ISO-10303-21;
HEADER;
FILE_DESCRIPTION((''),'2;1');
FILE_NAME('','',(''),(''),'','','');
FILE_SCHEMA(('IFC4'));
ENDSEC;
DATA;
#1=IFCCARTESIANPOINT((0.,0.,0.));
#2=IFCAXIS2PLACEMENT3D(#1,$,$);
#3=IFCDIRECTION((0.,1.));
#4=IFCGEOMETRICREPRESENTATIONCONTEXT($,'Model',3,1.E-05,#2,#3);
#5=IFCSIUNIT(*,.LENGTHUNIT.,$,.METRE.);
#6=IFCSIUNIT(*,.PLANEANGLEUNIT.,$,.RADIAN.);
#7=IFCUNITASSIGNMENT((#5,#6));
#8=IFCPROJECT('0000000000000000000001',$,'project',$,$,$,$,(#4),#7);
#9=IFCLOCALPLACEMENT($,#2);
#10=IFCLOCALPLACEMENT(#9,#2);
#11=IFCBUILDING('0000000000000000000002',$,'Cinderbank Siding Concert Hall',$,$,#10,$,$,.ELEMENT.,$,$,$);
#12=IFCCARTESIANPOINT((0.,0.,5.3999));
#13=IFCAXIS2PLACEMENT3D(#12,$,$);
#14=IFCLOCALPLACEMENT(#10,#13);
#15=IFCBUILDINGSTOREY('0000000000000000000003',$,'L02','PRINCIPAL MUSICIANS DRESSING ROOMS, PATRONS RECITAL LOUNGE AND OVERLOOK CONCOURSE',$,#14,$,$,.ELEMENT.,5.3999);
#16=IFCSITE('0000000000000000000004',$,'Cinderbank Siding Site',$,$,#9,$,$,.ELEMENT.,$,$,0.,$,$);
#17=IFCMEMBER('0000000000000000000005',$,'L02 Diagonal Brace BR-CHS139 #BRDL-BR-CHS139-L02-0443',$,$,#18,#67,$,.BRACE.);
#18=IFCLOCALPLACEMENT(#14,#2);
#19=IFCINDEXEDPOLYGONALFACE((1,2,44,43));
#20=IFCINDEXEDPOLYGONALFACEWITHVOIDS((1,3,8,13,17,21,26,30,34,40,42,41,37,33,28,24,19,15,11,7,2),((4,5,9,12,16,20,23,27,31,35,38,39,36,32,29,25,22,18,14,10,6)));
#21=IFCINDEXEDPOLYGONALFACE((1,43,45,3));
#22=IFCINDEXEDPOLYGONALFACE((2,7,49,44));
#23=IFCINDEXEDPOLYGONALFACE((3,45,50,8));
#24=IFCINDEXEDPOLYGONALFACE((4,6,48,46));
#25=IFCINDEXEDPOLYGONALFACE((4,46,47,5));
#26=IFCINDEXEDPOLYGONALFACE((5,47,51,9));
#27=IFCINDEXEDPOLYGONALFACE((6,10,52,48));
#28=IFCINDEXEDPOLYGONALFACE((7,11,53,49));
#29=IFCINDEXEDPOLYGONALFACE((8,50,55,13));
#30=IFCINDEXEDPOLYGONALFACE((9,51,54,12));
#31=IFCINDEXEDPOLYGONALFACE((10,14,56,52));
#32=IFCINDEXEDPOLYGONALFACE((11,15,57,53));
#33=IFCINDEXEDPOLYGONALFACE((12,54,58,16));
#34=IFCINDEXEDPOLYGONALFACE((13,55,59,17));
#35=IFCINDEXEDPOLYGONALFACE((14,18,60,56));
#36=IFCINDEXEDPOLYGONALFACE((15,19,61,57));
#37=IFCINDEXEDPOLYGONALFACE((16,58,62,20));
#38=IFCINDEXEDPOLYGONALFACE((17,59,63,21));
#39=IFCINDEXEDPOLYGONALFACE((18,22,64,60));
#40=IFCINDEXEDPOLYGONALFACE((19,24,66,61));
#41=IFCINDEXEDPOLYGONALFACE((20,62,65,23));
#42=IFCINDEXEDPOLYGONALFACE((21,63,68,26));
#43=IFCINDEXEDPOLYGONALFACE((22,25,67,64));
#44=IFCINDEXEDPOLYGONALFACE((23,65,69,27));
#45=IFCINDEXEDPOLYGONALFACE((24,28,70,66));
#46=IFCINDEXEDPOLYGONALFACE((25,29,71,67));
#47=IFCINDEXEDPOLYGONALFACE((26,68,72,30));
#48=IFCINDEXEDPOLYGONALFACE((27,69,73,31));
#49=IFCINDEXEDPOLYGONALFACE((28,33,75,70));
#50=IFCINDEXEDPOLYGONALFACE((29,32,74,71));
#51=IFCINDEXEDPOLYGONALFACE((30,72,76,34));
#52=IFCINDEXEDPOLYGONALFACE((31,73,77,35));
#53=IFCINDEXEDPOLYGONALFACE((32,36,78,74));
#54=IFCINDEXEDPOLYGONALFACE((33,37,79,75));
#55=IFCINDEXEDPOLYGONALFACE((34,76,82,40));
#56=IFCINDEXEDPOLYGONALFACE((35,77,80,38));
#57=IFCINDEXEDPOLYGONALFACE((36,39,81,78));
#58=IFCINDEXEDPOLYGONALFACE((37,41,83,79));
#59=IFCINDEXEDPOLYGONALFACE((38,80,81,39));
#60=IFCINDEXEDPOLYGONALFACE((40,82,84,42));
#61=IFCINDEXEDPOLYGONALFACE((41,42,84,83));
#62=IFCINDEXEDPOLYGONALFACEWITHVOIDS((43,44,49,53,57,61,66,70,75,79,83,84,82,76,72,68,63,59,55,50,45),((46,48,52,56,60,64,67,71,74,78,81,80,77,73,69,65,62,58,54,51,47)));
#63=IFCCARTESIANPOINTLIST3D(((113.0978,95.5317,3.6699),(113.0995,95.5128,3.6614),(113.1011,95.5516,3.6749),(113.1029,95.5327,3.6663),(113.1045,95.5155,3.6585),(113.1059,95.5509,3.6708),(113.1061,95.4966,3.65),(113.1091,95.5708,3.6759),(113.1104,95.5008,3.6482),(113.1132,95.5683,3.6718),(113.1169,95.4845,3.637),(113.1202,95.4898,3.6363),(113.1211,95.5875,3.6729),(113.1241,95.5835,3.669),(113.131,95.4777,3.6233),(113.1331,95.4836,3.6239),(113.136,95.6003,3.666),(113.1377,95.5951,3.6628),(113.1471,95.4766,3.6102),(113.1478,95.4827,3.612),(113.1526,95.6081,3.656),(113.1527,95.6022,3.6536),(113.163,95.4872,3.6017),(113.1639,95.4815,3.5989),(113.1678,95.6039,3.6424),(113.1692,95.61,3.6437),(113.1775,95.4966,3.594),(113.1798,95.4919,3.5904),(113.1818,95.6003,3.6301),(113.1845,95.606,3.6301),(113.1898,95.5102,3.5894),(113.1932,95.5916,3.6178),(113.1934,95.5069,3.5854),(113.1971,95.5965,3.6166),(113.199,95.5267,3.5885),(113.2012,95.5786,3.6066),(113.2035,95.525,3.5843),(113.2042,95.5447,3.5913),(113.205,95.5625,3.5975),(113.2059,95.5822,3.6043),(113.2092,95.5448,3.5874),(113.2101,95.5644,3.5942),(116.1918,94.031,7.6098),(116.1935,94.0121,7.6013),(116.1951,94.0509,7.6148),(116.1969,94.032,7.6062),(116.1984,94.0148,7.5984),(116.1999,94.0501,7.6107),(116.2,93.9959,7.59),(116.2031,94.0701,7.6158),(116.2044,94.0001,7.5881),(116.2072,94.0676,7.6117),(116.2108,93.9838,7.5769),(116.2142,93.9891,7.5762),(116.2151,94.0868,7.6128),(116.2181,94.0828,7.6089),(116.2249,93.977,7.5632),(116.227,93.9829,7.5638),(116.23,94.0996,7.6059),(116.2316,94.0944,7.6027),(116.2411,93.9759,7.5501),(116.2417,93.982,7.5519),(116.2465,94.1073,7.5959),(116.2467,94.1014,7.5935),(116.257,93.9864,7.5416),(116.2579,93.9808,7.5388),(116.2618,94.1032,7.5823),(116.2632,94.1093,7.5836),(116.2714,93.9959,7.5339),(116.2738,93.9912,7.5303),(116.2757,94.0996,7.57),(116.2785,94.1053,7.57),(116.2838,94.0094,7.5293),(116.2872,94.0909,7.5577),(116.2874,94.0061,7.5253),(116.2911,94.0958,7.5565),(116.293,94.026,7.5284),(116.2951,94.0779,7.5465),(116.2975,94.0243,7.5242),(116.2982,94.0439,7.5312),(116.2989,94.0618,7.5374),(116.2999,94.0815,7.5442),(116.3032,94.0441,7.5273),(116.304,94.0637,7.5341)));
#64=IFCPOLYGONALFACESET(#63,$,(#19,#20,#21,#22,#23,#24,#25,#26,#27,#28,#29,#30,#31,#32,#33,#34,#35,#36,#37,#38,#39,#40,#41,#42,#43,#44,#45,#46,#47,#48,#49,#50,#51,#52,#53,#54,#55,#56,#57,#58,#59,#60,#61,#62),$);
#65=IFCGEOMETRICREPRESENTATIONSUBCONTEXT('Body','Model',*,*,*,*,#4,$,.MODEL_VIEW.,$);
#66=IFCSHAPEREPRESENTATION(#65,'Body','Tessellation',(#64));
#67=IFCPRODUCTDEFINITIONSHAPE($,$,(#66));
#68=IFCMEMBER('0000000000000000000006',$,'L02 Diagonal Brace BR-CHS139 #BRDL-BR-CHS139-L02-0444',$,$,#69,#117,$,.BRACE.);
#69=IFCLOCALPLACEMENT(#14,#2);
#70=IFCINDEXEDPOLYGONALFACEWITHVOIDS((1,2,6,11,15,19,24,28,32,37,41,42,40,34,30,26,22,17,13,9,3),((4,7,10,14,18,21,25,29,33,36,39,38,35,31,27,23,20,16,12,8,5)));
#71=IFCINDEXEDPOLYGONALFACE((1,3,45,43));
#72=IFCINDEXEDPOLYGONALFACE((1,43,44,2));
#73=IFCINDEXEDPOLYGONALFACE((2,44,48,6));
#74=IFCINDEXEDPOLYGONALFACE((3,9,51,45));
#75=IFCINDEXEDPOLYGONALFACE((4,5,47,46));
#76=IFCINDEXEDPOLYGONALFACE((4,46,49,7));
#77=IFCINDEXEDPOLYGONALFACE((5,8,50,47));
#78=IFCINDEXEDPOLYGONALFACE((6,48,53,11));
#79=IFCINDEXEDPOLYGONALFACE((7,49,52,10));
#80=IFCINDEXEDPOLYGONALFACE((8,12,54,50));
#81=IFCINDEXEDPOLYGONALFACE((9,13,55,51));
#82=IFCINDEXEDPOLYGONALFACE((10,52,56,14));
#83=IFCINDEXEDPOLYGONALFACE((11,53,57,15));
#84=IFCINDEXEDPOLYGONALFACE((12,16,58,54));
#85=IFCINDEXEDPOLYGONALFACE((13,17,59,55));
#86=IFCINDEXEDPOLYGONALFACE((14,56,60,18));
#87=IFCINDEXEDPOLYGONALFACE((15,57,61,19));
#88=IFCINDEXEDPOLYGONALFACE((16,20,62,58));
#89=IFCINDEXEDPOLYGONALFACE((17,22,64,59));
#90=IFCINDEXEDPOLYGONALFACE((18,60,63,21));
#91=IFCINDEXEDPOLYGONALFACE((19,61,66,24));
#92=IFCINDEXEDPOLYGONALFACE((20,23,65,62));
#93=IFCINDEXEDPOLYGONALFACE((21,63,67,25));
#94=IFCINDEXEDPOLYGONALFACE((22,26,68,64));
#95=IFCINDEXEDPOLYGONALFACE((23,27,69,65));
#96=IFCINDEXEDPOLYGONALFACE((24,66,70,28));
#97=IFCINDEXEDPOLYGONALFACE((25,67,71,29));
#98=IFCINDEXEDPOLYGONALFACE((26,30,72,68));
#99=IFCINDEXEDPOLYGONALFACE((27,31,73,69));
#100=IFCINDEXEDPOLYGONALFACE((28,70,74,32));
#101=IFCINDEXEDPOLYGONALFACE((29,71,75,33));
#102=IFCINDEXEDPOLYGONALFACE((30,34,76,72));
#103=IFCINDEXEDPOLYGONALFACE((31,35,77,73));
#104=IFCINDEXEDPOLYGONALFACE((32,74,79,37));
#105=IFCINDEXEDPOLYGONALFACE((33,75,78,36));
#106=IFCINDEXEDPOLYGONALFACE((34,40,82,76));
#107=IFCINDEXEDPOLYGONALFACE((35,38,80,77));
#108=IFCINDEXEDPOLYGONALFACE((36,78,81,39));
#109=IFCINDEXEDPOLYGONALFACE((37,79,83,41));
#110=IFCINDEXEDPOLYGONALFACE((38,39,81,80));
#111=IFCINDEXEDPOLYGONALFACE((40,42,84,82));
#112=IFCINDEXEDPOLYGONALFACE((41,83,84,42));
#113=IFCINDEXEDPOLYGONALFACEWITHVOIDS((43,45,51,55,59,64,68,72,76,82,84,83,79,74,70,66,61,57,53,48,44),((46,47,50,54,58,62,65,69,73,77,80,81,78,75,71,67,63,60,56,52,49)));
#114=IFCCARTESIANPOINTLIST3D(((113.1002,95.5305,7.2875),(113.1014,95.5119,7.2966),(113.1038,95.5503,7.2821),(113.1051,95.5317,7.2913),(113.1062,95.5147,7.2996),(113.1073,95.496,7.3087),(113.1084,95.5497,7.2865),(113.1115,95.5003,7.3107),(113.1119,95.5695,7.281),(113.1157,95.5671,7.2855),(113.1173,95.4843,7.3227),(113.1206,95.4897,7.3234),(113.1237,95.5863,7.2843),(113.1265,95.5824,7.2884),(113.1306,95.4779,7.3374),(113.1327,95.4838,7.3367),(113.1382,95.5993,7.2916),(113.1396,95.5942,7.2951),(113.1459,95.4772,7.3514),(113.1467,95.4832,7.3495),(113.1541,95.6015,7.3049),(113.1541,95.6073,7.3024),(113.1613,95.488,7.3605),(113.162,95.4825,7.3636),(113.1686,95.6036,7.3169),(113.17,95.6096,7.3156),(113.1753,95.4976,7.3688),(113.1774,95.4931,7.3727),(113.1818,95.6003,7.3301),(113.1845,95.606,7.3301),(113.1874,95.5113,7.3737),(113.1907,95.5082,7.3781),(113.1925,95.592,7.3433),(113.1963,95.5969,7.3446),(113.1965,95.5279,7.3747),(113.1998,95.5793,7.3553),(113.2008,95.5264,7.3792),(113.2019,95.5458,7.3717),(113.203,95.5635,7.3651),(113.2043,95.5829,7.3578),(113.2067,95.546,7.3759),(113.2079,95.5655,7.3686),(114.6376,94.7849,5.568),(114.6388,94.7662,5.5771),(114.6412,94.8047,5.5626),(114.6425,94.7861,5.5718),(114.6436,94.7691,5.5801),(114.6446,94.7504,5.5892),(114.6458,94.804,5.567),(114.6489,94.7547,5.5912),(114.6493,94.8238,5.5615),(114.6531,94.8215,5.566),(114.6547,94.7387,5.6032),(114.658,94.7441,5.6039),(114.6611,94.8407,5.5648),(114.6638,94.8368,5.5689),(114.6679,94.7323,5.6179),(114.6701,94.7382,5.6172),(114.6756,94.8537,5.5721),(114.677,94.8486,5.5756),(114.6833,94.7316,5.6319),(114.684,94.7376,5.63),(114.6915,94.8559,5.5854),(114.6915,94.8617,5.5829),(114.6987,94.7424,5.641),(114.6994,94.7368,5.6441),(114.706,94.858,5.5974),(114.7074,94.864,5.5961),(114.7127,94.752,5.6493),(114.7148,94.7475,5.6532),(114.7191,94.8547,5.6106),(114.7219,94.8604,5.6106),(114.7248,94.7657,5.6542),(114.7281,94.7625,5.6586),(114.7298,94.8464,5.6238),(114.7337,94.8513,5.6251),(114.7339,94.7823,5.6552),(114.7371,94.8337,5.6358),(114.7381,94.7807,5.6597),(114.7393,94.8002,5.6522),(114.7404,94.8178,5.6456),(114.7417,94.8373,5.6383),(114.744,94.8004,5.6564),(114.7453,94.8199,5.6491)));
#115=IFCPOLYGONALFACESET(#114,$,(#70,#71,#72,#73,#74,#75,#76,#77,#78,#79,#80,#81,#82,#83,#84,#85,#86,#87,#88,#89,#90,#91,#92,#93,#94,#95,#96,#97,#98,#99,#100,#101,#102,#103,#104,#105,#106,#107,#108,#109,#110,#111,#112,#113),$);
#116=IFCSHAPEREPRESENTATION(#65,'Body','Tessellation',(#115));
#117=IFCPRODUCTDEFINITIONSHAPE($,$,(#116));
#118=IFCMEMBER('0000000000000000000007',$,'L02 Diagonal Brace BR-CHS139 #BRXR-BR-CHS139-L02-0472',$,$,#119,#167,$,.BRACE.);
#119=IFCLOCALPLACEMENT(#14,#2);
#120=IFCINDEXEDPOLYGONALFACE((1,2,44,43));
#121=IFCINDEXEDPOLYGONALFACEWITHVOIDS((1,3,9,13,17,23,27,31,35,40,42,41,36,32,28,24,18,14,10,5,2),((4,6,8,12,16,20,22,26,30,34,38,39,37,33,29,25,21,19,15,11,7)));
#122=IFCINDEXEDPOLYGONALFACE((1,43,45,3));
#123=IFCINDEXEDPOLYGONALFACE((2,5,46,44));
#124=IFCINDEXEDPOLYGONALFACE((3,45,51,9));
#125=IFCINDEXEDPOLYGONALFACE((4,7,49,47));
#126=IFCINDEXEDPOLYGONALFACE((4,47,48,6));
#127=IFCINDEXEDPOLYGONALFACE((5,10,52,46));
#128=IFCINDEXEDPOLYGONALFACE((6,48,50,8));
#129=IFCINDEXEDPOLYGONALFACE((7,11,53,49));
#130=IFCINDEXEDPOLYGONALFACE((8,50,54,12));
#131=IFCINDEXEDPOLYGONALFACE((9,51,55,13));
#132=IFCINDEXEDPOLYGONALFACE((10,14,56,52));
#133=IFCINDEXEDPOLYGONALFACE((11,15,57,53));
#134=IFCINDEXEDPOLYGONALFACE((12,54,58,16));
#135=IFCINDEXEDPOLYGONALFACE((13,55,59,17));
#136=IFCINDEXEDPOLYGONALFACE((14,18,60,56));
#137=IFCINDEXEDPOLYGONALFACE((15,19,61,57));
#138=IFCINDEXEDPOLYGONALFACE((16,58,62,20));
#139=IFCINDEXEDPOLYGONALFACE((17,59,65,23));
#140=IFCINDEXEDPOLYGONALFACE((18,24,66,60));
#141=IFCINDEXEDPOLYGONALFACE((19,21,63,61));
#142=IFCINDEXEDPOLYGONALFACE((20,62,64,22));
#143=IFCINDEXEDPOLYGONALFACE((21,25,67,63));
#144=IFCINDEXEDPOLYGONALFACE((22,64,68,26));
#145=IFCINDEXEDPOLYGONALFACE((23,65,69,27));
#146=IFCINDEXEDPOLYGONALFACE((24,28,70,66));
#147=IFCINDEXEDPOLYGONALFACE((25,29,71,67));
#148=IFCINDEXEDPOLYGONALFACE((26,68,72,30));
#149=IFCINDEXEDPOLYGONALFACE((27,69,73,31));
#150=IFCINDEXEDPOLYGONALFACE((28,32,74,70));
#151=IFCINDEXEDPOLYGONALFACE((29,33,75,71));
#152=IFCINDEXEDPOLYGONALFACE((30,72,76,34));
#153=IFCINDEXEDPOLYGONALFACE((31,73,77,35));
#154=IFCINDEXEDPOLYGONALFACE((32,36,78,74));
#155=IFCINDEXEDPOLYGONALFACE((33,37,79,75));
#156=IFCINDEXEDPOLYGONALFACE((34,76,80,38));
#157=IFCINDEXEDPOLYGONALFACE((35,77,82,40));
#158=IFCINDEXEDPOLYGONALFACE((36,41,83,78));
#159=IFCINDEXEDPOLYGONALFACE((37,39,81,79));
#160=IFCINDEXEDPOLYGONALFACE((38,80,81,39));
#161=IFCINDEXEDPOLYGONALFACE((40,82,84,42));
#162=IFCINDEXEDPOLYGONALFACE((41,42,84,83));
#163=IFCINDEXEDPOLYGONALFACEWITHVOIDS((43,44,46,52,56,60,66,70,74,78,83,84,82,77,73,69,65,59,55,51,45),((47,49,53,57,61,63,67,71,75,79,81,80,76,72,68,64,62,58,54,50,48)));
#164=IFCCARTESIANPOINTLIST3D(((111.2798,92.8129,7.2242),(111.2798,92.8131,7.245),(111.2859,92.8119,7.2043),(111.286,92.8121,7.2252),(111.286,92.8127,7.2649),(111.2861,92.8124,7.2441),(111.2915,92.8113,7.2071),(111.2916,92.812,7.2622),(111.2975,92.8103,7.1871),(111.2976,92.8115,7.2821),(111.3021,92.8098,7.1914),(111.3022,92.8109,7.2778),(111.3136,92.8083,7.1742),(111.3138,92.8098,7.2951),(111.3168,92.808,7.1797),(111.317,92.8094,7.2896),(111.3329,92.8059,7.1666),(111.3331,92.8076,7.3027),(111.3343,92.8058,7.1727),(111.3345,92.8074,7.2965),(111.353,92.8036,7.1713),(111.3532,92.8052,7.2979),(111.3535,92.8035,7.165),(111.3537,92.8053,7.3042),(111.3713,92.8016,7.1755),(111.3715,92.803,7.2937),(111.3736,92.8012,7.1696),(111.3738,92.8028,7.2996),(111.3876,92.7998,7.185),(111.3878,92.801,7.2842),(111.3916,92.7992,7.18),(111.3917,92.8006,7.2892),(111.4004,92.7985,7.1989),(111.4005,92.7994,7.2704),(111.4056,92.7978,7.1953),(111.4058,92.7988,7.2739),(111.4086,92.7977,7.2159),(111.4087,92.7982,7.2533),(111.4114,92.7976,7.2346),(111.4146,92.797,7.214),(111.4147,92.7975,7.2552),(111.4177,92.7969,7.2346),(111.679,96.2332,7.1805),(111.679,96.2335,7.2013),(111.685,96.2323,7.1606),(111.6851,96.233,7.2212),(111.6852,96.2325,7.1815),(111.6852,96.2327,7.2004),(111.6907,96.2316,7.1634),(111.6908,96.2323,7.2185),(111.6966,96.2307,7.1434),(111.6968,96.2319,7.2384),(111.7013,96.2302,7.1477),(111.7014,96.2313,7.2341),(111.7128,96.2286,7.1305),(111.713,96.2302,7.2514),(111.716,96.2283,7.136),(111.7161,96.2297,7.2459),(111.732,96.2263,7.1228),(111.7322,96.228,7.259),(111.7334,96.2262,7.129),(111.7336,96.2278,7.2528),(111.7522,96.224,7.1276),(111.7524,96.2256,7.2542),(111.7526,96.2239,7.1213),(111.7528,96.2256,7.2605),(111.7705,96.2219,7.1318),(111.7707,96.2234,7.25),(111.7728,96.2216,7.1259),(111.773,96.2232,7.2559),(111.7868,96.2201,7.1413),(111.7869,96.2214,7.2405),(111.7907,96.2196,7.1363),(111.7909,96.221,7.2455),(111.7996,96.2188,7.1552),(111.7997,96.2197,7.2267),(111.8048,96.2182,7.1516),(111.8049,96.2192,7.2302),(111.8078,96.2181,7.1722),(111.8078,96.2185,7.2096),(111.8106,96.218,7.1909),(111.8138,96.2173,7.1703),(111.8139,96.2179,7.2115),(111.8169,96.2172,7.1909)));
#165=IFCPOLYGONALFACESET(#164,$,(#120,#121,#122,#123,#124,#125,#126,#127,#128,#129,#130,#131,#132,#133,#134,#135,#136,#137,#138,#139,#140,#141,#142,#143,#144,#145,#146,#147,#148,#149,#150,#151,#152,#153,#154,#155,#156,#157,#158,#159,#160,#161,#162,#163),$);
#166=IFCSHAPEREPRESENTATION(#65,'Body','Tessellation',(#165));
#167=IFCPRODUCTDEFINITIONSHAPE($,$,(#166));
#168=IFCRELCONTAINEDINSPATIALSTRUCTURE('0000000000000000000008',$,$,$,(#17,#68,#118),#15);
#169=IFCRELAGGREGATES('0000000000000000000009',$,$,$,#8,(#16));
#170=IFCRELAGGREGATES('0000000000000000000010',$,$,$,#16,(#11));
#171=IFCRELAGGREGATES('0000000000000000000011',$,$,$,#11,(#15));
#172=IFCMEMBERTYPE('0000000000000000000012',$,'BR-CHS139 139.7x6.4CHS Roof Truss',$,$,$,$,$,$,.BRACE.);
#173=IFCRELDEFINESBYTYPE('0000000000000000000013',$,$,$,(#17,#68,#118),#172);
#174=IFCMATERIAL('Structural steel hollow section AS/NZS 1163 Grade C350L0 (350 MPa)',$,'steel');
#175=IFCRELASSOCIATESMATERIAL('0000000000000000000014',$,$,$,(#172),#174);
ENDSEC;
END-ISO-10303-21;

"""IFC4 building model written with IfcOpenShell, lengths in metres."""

from ifc_helpers import new_model, si_unit, direction, frame, origin, origin_2d, place, context, subcontext, project, spatial, hollow_circle, extrude, material, material_profile, profile_set, type_object, element, save


model = new_model("IFC4")

# Units and contexts
model_context = context("Model", 3, precision=1e-05, world=origin(), true_north=direction((0.0, 1.0)))
body_context = subcontext(model_context, "Body", "Model", "MODEL_VIEW")
ifc_project = project(units=[si_unit("LENGTHUNIT", "METRE"), si_unit("PLANEANGLEUNIT", "RADIAN")], contexts=[model_context])

# Site, building, storey
site_placement = place(None, origin())
site = spatial("IfcSite", under=ifc_project, at=site_placement, Name="Cinderbank Siding Site", CompositionType="ELEMENT", RefElevation=0.0)
building_placement = place(site_placement, origin())
building = spatial("IfcBuilding", under=site, at=building_placement, Name="Cinderbank Siding Concert Hall", CompositionType="ELEMENT")
storey_placement = place(building_placement, frame((0.0, 0.0, 5.3999)))
storey = spatial("IfcBuildingStorey", under=building, at=storey_placement, Name="L02", Description="PRINCIPAL MUSICIANS DRESSING ROOMS, PATRONS RECITAL LOUNGE AND OVERLOOK CONCOURSE", CompositionType="ELEMENT", Elevation=5.3999)

# Members
ifc_material_1 = material(Name="Structural steel hollow section AS/NZS 1163 Grade C350L0 (350 MPa)", Category="steel")
ifc_material_profile_1 = material_profile(ifc_material_1, hollow_circle(Radius=0.0698, WallThickness=0.0063, at=origin_2d()), Name="139.7x6.4CHS", Category="LoadBearing")
ifc_profile_set_1 = profile_set([ifc_material_profile_1], Name="Structural steel hollow section AS/NZS 1163 Grade C350L0 (350 MPa)")
member_type_1 = type_object("IfcMemberType", Name="BR-CHS139 139.7x6.4CHS Roof Truss", PredefinedType="BRACE", material=ifc_profile_set_1)
member_1_placement = place(storey_placement, frame((113.1541, 95.5432, 3.6301), z_axis=(0.591637, -0.286972, 0.7534), x_axis=(0.436418, 0.899744, 0.0)))
element("IfcMember", 1, at=member_1_placement, inside=storey, type_object=member_type_1, Name="L02 Diagonal Brace BR-CHS139 #BRDL-BR-CHS139-L02-0443", PredefinedType="BRACE", context=body_context, shape_type="SweptSolid", body=[
    extrude(hollow_circle(Radius=0.0698, WallThickness=0.0063, at=origin_2d()), origin(), (0.0, 0.0, 1.0), 5.2295),
])
member_2_placement = place(storey_placement, frame((113.1541, 95.5432, 7.3301), z_axis=(0.634209, -0.307587, -0.709344), x_axis=(0.436379, 0.899763, 0.0)))
element("IfcMember", 2, at=member_2_placement, inside=storey, type_object=member_type_1, Name="L02 Diagonal Brace BR-CHS139 #BRDL-BR-CHS139-L02-0444", PredefinedType="BRACE", context=body_context, shape_type="SweptSolid", body=[
    extrude(hollow_circle(Radius=0.0698, WallThickness=0.0063, at=origin_2d()), origin(), (0.0, 0.0, 1.0), 2.4241),
])
member_3_placement = place(storey_placement, frame((111.7476, 96.2253, 7.1909), z_axis=(-0.115906, -0.993179, 0.012689), x_axis=(0.993259, -0.115916, 0.0)))
element("IfcMember", 3, at=member_3_placement, inside=storey, type_object=member_type_1, Name="L02 Diagonal Brace BR-CHS139 #BRXR-BR-CHS139-L02-0472", PredefinedType="BRACE", context=body_context, shape_type="SweptSolid", body=[
    extrude(hollow_circle(Radius=0.0698, WallThickness=0.0063, at=origin_2d()), origin(), (0.0, 0.0, 1.0), 3.4438),
])

save(model, "model.ifc")
